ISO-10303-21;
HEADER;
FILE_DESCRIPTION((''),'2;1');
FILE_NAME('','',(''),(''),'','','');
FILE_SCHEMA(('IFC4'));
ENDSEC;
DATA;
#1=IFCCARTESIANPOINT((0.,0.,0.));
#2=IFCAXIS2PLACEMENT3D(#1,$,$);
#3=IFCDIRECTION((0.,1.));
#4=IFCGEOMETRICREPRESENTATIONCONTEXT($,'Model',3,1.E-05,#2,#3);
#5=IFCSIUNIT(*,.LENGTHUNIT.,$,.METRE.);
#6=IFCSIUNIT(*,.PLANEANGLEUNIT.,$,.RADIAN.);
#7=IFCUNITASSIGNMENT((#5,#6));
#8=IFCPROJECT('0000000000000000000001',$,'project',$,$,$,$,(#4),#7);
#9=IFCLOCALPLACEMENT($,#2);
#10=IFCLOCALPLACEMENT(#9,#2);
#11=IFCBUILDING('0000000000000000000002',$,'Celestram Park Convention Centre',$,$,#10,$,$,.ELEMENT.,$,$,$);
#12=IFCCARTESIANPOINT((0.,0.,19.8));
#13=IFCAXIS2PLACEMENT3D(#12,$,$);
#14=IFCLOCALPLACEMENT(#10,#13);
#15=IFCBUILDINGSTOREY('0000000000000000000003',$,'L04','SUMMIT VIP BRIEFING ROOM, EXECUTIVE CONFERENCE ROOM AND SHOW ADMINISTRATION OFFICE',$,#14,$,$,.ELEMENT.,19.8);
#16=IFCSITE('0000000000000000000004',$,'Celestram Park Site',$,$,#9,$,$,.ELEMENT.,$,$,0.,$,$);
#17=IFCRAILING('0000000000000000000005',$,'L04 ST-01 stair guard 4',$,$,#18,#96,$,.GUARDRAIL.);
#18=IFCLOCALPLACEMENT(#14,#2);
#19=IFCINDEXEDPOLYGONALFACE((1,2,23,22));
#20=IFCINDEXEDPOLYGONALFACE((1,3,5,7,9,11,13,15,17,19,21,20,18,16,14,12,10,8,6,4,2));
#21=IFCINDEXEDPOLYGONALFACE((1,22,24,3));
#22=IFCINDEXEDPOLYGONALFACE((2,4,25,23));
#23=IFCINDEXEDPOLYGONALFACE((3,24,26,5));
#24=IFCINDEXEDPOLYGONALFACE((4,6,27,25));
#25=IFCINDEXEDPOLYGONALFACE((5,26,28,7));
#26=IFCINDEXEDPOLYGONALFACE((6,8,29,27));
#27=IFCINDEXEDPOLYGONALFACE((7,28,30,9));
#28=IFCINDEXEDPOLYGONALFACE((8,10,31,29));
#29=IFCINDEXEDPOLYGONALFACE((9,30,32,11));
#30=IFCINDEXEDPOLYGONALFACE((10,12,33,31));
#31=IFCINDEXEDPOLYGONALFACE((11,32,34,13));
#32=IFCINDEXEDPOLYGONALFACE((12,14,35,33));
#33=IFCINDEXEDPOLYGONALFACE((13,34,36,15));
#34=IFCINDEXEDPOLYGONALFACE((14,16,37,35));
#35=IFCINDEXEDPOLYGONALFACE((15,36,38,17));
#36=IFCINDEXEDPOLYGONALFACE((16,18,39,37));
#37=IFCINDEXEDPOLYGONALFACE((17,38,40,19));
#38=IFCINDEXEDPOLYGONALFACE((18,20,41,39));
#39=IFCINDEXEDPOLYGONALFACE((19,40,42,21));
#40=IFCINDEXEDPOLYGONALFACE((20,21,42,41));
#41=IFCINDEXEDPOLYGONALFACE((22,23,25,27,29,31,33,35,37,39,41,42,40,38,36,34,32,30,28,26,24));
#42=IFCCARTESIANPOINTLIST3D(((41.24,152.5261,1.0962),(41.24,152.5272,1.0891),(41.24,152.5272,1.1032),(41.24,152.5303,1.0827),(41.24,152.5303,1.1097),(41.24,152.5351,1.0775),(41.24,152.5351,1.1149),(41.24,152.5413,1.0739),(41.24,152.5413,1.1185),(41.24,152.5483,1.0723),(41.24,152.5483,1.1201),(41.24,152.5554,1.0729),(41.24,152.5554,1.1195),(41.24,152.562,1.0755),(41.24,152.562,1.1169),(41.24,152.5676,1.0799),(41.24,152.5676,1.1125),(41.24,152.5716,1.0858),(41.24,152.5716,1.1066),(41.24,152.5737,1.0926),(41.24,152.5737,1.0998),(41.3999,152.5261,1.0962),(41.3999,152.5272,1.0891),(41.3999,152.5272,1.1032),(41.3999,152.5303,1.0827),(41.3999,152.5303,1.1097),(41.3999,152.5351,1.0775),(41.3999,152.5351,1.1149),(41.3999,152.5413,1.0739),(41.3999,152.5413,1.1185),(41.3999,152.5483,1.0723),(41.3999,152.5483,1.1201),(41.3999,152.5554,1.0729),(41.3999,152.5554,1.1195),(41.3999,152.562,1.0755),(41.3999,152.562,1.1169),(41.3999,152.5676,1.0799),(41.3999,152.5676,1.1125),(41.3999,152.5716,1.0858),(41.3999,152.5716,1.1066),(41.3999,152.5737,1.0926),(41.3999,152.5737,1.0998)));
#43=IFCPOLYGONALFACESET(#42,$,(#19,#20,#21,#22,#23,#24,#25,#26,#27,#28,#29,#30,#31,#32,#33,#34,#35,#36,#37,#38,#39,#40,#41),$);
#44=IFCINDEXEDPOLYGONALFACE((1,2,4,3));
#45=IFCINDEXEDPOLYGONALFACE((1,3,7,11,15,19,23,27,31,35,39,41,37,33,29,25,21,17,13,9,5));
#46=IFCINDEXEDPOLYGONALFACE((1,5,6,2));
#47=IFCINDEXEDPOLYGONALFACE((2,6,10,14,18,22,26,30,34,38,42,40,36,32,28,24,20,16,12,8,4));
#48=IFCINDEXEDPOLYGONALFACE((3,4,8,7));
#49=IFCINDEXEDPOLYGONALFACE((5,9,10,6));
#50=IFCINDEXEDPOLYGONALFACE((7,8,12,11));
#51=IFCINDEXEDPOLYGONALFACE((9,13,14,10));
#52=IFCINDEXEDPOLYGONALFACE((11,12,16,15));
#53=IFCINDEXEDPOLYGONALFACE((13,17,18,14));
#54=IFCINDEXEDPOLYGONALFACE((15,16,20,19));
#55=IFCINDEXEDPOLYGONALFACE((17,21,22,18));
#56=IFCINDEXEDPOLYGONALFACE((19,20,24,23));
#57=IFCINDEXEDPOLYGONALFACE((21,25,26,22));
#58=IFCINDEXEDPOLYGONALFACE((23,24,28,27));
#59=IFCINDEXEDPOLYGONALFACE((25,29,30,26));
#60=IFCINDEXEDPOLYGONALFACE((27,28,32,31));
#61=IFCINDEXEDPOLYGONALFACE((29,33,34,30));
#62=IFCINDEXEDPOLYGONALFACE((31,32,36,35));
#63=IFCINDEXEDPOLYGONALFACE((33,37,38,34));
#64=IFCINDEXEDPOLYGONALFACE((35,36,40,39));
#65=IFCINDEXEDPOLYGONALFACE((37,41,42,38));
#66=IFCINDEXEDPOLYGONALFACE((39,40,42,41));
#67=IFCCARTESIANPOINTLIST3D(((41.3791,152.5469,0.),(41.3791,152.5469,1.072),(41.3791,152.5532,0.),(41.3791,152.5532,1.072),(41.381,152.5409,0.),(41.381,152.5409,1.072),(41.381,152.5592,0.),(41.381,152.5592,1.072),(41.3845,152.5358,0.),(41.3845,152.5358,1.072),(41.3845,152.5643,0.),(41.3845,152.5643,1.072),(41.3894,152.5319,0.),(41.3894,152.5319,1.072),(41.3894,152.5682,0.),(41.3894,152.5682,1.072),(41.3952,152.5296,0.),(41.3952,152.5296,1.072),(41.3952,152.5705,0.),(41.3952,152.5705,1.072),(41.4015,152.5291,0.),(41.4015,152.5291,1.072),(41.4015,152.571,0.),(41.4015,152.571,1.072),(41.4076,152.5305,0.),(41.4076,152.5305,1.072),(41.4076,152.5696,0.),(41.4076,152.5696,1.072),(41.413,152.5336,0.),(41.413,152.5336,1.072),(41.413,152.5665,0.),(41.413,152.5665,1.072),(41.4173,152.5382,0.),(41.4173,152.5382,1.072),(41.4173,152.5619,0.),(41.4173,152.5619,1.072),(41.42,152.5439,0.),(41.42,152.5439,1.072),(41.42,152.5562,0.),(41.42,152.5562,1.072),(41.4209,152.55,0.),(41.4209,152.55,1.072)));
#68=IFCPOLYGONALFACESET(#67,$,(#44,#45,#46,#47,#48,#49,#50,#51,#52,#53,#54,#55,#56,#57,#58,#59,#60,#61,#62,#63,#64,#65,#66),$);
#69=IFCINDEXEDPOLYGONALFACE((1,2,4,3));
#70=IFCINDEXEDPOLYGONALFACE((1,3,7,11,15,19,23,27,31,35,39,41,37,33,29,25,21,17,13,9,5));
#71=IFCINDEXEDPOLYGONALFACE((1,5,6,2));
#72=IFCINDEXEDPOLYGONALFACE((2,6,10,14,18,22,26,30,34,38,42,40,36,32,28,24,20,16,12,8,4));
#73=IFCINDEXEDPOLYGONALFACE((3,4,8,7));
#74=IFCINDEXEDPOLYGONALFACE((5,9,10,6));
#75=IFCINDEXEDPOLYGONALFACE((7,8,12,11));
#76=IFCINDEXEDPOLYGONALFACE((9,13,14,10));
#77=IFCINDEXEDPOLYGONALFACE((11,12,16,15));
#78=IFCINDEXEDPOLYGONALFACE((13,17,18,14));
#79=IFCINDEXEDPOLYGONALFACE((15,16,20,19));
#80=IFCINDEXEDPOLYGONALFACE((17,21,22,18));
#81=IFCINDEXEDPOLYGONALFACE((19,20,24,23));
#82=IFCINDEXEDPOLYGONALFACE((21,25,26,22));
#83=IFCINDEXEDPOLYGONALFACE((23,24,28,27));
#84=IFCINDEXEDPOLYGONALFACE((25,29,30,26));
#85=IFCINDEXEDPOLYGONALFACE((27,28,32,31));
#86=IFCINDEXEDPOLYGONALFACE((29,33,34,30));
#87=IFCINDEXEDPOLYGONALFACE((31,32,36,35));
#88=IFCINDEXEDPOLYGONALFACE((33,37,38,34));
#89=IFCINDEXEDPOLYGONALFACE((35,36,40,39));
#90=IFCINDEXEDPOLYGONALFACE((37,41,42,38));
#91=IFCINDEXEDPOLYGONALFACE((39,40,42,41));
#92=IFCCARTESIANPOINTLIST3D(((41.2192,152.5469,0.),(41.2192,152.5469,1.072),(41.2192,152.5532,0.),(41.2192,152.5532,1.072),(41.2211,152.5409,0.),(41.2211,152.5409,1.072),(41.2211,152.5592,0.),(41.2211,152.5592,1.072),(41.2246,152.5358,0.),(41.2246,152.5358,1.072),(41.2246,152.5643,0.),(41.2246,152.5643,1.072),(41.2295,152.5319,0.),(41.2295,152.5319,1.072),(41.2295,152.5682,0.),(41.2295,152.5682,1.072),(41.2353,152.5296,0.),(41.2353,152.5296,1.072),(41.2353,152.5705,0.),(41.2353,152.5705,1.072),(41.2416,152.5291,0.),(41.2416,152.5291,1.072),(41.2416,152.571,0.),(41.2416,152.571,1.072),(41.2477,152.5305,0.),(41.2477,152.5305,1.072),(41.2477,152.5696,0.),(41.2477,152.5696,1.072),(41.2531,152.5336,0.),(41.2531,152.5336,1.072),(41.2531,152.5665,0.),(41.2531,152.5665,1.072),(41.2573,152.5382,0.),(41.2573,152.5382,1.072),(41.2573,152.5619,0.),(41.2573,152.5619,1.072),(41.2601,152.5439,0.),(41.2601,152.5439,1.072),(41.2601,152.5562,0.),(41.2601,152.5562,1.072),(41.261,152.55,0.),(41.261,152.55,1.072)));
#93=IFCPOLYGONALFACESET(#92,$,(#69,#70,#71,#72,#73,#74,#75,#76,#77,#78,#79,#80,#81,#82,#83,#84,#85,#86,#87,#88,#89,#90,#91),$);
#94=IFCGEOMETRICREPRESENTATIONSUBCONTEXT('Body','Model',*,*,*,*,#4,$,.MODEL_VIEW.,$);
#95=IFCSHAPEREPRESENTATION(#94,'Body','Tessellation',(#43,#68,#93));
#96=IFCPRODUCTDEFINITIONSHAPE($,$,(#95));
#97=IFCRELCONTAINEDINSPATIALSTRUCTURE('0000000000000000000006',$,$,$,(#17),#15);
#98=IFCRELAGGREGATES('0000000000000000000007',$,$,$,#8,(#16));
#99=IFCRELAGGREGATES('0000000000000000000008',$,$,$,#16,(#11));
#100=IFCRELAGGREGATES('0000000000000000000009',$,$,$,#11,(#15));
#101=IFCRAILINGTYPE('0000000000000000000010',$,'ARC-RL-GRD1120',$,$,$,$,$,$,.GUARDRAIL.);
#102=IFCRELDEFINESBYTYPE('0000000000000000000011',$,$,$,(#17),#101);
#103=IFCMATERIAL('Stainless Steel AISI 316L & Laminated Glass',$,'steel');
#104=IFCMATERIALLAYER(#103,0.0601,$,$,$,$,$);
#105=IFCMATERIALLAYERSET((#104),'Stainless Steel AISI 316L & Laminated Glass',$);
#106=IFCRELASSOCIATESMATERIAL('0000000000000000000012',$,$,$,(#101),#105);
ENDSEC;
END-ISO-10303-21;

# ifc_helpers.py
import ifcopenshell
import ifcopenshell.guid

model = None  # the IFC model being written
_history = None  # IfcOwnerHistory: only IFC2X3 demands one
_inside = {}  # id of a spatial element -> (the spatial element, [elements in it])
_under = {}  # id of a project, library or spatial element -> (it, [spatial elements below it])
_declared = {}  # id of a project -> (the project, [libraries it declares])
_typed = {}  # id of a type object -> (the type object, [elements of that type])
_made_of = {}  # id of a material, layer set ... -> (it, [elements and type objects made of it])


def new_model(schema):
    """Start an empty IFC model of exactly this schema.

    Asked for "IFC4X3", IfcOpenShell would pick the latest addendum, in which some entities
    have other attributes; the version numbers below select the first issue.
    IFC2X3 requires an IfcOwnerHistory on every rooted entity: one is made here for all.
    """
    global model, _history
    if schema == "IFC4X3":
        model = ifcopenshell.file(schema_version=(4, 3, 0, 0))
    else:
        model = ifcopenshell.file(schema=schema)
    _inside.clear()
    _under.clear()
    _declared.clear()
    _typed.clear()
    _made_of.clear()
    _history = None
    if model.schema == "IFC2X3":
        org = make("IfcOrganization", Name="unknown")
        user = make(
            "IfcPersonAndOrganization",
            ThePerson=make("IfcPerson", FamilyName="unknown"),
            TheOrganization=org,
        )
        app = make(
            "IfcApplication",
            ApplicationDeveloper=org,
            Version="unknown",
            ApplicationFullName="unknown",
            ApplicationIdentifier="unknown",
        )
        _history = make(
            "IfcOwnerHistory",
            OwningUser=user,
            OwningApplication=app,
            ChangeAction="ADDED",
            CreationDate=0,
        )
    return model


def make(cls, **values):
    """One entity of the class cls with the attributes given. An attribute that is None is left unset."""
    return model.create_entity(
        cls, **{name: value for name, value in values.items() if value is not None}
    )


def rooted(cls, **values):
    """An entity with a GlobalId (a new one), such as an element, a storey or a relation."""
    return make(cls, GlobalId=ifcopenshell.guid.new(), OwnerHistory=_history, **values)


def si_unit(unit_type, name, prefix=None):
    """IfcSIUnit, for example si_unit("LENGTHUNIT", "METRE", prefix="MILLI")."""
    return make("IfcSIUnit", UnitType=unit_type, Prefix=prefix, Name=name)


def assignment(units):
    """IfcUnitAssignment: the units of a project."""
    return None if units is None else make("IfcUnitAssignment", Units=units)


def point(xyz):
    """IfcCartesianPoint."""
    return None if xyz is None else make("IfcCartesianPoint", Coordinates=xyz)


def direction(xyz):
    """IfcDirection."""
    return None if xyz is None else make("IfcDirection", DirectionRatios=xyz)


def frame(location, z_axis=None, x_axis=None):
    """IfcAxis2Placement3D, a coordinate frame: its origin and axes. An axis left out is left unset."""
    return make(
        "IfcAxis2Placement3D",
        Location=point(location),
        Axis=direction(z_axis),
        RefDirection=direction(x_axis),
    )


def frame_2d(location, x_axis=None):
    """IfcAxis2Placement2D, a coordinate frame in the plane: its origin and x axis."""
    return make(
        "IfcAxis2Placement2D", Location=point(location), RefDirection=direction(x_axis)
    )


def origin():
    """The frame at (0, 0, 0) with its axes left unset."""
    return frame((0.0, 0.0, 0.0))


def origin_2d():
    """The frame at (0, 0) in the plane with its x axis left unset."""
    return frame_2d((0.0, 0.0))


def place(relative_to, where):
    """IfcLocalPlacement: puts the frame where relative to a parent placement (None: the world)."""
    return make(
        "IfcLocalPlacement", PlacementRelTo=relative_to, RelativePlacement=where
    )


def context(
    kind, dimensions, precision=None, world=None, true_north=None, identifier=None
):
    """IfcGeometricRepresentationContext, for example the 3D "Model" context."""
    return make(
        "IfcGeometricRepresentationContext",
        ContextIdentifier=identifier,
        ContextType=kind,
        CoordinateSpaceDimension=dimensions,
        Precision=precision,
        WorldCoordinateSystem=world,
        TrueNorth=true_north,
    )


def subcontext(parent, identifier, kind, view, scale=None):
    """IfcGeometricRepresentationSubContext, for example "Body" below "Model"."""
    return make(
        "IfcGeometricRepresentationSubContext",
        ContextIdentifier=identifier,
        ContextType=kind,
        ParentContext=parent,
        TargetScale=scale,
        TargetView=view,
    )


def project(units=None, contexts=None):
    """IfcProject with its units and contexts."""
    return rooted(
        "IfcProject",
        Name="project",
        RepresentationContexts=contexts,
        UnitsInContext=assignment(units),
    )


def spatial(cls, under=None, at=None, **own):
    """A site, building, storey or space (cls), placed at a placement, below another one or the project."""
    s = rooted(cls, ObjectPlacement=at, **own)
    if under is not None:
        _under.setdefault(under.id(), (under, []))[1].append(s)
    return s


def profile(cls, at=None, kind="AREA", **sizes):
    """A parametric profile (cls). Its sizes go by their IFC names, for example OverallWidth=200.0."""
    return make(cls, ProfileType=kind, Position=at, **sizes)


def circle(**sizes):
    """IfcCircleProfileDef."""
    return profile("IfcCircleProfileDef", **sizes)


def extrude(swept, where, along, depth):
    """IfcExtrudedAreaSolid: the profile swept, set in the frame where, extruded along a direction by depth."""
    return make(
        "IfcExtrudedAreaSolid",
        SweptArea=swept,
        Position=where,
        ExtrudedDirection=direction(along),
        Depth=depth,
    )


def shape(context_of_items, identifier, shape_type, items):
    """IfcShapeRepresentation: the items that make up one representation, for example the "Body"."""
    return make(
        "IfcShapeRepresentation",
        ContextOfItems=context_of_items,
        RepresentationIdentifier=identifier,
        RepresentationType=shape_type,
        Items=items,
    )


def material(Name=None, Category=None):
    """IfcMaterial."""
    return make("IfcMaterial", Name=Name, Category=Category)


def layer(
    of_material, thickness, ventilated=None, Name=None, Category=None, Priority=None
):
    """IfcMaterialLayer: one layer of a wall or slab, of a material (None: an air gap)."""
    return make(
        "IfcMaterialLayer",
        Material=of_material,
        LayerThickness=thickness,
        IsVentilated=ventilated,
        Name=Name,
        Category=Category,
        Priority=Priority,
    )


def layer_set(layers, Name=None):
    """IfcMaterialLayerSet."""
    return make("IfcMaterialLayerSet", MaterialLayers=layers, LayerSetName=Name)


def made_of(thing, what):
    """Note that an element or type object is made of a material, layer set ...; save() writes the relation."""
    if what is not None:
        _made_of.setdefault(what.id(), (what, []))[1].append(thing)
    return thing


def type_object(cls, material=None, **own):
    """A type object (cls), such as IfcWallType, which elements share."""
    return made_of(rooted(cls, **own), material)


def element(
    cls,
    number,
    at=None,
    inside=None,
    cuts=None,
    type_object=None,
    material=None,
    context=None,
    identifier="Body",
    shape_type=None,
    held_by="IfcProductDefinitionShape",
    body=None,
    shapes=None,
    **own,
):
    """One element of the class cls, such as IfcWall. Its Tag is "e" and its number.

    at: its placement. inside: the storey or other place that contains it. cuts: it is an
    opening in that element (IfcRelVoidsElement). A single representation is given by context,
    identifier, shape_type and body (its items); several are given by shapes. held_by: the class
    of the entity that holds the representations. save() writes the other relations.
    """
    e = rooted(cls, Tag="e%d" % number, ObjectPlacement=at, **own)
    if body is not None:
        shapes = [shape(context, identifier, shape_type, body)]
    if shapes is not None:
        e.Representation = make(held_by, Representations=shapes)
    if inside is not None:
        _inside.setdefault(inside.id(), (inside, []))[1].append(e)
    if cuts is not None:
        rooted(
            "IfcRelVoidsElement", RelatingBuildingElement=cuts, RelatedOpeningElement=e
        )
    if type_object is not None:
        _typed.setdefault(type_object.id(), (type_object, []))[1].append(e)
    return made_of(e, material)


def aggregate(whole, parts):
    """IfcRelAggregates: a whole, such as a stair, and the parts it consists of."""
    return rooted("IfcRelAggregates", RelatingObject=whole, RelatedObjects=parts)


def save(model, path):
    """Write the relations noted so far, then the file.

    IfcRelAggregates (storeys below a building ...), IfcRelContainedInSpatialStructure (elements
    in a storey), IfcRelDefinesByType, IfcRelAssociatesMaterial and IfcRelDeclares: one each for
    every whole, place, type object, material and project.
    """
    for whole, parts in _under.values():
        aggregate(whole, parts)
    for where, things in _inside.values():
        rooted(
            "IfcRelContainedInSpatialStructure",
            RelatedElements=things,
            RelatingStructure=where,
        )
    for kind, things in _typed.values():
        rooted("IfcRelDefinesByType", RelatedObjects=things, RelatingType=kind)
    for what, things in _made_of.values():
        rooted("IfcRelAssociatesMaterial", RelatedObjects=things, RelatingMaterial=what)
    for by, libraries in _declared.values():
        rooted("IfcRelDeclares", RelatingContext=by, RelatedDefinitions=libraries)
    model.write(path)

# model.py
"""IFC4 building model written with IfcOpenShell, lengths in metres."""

from ifc_helpers import new_model, si_unit, direction, frame, origin, origin_2d, place, context, subcontext, project, spatial, circle, extrude, material, layer, layer_set, type_object, element, save


model = new_model("IFC4")

# Units and contexts
model_context = context("Model", 3, precision=1e-05, world=origin(), true_north=direction((0.0, 1.0)))
body_context = subcontext(model_context, "Body", "Model", "MODEL_VIEW")
ifc_project = project(units=[si_unit("LENGTHUNIT", "METRE"), si_unit("PLANEANGLEUNIT", "RADIAN")], contexts=[model_context])

# Site, building, storey
site_placement = place(None, origin())
site = spatial("IfcSite", under=ifc_project, at=site_placement, Name="Celestram Park Site", CompositionType="ELEMENT", RefElevation=0.0)
building_placement = place(site_placement, origin())
building = spatial("IfcBuilding", under=site, at=building_placement, Name="Celestram Park Convention Centre", CompositionType="ELEMENT")
storey_placement = place(building_placement, frame((0.0, 0.0, 19.8)))
storey = spatial("IfcBuildingStorey", under=building, at=storey_placement, Name="L04", Description="SUMMIT VIP BRIEFING ROOM, EXECUTIVE CONFERENCE ROOM AND SHOW ADMINISTRATION OFFICE", CompositionType="ELEMENT", Elevation=19.8)

# Railing
ifc_material_1 = material(Name="Stainless Steel AISI 316L & Laminated Glass", Category="steel")
ifc_layer_1 = layer(ifc_material_1, 0.0601)
ifc_layer_set_1 = layer_set([ifc_layer_1], Name="Stainless Steel AISI 316L & Laminated Glass")
railing_type_1 = type_object("IfcRailingType", Name="ARC-RL-GRD1120", PredefinedType="GUARDRAIL", material=ifc_layer_set_1)
railing_1_placement = place(storey_placement, frame((41.3999, 152.55, 0.0)))
element("IfcRailing", 1, at=railing_1_placement, inside=storey, type_object=railing_type_1, Name="L04 ST-01 stair guard 4", PredefinedType="GUARDRAIL", context=body_context, shape_type="SweptSolid", body=[
    extrude(circle(Radius=0.0239, at=origin_2d()), frame((0.0, 0.0, 1.0962), z_axis=(-1.0, 0.0, 0.0), x_axis=(0.0, -1.0, 0.0)), (0.0, 0.0, 1.0), 0.1599),
    extrude(circle(Radius=0.021, at=origin_2d()), origin(), (0.0, 0.0, 1.0), 1.072),
    extrude(circle(Radius=0.021, at=origin_2d()), frame((-0.1599, 0.0, 0.0)), (0.0, 0.0, 1.0), 1.072),
])

save(model, "model.ifc")
